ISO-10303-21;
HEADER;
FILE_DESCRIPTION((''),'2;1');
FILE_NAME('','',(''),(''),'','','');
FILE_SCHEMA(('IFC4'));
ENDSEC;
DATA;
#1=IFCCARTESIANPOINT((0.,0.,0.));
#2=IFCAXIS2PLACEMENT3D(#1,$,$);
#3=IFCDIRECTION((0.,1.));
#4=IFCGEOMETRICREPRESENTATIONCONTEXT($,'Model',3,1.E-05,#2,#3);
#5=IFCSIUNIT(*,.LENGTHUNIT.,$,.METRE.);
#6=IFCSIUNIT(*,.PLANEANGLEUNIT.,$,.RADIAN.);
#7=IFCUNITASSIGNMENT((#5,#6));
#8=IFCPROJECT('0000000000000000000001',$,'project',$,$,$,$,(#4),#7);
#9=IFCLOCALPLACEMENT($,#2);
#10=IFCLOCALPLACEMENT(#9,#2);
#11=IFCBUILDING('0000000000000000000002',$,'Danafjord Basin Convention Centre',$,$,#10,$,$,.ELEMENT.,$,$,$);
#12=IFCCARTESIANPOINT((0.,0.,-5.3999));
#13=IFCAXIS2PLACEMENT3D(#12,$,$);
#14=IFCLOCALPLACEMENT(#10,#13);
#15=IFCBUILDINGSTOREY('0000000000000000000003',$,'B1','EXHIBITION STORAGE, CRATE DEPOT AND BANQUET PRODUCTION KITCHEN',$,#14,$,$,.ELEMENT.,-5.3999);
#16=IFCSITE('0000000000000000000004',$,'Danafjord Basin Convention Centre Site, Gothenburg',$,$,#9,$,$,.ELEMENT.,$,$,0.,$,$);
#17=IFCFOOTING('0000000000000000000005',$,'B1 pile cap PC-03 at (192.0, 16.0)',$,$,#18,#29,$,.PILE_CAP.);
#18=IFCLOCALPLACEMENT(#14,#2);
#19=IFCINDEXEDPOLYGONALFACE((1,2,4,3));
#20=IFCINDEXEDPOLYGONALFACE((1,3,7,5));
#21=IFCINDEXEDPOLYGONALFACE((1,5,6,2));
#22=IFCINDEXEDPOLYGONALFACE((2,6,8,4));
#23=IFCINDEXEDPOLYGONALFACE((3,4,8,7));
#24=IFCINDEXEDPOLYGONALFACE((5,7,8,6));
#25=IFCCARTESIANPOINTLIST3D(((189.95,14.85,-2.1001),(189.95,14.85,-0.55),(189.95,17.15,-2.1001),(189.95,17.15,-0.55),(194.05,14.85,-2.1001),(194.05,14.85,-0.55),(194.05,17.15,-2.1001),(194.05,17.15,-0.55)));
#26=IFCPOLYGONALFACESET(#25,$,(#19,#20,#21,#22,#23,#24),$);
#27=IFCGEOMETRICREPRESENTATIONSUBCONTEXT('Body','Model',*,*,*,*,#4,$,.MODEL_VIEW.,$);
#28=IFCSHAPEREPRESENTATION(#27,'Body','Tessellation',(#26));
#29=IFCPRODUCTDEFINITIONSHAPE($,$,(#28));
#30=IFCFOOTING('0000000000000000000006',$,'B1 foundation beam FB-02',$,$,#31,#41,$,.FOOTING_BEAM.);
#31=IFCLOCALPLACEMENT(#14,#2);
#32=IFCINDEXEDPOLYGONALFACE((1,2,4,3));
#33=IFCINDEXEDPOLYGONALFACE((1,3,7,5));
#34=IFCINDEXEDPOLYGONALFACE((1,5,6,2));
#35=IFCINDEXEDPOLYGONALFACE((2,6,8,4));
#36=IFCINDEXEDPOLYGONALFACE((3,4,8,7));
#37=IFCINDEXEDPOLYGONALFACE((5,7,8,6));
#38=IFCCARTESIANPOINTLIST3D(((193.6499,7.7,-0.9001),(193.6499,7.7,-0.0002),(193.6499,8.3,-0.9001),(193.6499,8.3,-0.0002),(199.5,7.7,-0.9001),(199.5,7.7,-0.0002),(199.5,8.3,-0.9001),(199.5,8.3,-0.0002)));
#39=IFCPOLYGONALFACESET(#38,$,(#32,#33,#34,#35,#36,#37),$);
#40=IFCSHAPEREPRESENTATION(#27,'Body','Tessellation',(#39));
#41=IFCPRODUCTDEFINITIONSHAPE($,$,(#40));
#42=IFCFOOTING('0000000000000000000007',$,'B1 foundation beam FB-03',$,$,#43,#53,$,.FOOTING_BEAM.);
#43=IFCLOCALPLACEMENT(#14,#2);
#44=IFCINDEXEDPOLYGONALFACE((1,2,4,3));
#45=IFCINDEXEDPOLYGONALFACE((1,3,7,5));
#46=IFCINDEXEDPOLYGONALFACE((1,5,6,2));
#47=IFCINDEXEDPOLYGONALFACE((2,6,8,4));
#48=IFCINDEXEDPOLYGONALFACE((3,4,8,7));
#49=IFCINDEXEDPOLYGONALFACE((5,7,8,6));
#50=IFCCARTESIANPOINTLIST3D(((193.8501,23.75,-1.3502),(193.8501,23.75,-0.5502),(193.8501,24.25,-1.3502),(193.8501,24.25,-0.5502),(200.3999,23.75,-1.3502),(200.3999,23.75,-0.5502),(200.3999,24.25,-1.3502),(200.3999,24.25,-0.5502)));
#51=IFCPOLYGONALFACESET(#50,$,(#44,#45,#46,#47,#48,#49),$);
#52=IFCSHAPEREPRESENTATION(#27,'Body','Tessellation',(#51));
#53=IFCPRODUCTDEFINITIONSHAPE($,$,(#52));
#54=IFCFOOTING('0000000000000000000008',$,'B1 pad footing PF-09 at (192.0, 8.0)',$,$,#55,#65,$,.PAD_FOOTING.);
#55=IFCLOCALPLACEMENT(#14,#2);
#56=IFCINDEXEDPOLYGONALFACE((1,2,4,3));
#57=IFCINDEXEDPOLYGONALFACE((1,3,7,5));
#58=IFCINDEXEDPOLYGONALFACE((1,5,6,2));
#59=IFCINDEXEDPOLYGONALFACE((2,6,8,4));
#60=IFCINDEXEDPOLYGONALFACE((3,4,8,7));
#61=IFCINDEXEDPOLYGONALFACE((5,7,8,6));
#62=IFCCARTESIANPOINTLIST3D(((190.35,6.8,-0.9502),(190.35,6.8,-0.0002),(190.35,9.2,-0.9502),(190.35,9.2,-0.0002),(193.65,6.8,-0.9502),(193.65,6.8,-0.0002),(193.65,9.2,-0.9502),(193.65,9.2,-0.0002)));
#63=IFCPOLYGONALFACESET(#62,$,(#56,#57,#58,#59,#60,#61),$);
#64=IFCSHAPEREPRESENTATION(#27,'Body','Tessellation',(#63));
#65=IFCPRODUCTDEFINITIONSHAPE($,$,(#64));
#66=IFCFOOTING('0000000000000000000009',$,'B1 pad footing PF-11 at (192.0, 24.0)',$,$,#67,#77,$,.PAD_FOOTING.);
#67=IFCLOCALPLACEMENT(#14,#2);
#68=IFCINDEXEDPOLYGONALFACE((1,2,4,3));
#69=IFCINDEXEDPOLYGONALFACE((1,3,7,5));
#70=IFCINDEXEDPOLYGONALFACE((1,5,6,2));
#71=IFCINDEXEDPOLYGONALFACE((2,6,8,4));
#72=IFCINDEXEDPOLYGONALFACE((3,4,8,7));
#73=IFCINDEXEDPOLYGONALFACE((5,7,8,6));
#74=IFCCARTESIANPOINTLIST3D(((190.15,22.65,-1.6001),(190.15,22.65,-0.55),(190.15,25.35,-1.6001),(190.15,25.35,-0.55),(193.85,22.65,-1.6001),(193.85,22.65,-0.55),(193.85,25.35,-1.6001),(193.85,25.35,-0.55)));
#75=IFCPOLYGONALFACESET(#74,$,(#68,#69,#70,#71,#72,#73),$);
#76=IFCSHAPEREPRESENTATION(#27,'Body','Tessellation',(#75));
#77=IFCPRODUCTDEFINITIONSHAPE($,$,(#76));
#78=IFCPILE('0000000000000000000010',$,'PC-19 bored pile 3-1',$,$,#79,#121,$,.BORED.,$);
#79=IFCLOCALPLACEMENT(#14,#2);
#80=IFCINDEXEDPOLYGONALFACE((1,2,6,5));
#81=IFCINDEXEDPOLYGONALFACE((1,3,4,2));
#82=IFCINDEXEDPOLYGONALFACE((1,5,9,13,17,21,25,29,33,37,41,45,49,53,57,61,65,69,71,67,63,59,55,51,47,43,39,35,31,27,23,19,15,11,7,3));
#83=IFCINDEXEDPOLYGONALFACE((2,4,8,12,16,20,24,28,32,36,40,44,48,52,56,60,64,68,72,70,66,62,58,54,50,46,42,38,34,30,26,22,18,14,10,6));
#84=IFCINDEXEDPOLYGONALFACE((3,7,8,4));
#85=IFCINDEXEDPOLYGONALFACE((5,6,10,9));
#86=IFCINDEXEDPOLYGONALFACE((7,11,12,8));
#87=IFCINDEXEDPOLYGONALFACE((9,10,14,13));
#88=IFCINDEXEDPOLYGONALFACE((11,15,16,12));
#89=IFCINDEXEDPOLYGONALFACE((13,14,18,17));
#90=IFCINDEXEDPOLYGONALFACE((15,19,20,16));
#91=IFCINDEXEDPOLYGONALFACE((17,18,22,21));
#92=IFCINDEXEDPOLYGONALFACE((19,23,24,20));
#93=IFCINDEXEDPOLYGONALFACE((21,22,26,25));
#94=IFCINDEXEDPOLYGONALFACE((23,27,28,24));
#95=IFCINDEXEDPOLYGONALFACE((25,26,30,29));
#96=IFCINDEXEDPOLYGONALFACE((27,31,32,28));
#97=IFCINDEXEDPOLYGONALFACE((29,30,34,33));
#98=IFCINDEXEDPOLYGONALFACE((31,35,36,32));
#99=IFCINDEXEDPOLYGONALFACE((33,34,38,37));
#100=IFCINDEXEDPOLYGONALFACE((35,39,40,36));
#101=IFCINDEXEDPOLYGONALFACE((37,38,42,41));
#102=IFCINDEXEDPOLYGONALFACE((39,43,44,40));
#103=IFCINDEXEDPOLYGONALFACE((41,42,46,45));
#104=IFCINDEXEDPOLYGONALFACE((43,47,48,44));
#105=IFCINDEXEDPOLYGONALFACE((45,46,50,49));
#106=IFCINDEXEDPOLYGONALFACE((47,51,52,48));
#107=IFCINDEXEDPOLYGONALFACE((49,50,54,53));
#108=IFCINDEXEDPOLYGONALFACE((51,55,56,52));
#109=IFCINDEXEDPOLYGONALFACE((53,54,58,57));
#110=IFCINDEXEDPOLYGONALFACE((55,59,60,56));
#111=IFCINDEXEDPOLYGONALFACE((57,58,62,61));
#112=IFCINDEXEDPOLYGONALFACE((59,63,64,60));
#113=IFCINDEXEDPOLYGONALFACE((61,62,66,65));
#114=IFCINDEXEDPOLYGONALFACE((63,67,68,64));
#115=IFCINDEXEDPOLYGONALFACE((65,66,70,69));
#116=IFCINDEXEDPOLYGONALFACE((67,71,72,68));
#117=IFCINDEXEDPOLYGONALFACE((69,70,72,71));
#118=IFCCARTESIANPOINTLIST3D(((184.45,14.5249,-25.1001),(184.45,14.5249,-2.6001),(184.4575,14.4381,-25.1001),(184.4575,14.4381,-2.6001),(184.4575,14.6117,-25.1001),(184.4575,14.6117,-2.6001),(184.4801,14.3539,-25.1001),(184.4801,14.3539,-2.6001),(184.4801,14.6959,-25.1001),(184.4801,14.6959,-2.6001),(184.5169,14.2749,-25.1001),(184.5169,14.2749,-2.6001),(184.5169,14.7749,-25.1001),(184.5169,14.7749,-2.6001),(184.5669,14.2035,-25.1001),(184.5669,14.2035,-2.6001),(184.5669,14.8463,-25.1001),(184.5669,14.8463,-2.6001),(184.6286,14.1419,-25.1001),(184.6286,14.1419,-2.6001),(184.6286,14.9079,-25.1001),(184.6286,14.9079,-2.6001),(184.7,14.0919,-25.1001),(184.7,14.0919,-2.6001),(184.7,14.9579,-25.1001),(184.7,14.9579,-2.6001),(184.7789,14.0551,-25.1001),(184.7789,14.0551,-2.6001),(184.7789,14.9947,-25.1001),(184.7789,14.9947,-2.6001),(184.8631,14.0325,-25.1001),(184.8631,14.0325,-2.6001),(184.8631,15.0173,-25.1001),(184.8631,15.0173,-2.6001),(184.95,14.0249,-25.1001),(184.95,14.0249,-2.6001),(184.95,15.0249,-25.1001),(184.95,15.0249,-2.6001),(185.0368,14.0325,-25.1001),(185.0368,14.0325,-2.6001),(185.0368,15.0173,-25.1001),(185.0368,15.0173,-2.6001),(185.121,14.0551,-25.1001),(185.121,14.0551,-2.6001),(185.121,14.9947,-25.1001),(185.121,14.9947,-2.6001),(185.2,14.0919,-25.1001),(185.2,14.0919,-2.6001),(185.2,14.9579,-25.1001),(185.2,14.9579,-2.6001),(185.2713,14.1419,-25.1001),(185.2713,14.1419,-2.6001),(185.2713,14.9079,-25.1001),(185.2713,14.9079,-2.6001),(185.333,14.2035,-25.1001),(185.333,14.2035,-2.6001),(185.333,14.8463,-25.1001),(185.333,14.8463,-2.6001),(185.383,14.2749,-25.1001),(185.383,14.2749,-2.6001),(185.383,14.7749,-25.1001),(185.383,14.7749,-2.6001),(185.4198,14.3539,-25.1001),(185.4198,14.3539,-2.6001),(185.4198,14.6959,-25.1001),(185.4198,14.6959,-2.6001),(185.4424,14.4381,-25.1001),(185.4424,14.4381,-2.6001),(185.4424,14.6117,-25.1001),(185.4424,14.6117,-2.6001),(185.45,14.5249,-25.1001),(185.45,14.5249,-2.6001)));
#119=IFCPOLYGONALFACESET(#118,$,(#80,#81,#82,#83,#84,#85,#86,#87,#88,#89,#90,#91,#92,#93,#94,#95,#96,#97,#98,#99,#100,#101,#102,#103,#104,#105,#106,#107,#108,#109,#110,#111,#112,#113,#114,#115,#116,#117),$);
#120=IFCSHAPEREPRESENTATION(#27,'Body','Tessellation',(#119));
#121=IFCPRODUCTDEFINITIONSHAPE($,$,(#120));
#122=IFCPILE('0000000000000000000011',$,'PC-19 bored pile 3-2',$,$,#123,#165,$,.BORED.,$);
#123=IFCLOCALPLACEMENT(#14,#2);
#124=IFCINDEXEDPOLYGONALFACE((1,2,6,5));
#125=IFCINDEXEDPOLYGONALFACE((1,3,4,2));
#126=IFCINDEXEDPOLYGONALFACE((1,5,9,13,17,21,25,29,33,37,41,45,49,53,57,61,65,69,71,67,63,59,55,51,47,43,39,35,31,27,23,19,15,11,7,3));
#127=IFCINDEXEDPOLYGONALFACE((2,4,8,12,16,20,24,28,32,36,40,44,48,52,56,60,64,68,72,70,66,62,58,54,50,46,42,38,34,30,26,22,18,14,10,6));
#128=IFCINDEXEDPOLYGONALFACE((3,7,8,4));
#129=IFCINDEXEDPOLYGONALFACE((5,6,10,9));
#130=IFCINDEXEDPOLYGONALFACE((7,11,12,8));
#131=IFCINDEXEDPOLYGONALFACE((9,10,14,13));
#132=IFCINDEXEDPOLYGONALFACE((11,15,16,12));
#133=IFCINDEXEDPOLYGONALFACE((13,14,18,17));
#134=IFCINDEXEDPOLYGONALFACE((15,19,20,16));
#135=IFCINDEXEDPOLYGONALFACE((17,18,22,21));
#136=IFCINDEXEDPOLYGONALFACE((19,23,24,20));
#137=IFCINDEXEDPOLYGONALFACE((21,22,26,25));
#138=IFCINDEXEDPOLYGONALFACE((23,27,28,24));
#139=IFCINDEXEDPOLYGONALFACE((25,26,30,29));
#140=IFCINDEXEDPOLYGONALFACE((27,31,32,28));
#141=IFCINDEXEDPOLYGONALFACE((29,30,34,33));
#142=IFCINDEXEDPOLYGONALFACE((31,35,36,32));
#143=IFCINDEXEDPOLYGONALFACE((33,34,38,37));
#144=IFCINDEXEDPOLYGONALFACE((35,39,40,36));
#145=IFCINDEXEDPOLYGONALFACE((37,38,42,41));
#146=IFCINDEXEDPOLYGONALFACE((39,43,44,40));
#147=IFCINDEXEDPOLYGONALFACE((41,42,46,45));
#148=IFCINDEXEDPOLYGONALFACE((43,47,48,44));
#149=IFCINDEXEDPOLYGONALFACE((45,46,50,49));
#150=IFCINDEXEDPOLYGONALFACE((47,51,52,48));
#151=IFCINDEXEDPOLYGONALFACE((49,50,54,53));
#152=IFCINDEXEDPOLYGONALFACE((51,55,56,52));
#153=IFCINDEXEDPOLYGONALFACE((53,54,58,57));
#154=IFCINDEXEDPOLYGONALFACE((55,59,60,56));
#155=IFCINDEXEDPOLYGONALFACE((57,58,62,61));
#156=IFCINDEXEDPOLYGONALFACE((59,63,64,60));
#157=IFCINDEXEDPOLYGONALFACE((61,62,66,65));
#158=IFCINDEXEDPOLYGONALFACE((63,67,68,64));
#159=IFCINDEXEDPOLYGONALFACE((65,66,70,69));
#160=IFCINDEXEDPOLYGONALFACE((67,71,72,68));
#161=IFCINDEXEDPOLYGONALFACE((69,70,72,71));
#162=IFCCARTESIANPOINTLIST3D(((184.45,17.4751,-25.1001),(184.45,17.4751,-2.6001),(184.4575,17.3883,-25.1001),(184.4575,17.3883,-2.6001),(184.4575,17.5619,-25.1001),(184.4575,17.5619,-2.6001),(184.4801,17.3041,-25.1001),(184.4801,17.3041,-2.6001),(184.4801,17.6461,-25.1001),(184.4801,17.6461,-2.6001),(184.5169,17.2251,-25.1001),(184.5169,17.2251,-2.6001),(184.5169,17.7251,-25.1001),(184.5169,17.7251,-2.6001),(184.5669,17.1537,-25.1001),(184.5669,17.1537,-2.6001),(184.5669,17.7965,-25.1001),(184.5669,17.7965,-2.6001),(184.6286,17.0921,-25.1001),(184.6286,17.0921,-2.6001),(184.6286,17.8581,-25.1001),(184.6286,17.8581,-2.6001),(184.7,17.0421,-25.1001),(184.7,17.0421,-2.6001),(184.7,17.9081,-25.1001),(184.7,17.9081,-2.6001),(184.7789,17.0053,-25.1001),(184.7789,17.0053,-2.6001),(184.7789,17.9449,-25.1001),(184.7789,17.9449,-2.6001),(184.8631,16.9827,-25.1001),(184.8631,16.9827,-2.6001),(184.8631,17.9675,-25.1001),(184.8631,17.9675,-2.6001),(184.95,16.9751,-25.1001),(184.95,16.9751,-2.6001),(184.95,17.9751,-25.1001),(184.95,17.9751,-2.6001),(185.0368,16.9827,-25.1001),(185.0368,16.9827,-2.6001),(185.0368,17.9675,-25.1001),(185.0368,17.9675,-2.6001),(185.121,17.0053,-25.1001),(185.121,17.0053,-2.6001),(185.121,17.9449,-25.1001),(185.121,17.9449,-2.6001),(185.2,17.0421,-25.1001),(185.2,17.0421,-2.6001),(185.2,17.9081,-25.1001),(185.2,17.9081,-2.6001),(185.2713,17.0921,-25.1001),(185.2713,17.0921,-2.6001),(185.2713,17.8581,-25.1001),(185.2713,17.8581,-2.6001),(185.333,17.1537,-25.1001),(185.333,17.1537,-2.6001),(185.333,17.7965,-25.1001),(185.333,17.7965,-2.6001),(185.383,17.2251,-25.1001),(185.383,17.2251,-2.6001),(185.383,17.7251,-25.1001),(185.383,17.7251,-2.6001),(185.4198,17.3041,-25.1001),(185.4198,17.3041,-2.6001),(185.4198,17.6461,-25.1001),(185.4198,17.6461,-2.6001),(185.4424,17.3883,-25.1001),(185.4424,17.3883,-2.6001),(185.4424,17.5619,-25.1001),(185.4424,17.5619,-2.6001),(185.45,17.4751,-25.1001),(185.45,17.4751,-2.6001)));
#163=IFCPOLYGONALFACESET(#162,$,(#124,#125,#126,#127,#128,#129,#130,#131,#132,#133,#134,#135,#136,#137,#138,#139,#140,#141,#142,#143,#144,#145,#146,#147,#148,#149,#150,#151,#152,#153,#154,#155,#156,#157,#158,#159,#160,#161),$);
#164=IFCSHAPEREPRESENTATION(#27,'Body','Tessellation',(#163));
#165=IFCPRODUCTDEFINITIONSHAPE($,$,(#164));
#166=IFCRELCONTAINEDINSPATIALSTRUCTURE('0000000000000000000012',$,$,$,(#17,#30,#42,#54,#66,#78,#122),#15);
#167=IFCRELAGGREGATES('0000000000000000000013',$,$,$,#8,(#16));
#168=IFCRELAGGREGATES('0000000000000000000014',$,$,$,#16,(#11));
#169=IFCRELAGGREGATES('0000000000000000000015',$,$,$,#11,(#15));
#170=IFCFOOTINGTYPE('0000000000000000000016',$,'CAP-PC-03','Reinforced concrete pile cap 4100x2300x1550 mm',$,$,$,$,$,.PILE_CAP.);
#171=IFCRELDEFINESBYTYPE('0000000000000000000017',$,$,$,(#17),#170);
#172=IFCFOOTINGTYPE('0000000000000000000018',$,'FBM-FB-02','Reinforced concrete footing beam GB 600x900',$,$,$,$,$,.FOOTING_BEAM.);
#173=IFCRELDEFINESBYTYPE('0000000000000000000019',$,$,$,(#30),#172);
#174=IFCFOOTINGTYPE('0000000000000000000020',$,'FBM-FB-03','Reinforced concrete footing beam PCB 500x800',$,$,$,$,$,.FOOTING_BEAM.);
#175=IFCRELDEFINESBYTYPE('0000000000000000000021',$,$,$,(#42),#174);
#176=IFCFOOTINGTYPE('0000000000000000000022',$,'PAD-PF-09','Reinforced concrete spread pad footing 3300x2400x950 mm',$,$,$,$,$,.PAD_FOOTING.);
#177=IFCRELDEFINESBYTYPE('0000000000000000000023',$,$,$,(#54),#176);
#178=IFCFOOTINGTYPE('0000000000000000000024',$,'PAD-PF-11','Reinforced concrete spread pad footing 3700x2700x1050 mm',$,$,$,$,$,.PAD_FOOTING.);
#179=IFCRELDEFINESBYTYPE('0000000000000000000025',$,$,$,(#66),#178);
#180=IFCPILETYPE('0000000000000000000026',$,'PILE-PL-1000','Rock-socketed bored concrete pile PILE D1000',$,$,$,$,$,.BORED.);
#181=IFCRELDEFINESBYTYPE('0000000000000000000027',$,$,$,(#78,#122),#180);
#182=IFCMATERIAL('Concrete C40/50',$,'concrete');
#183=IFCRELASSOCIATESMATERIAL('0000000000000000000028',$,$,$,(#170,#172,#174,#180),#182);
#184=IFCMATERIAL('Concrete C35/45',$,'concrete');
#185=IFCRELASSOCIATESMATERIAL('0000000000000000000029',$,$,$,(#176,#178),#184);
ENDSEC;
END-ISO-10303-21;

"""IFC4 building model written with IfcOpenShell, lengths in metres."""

from ifc_helpers import new_model, si_unit, direction, frame, origin, origin_2d, place, context, subcontext, project, spatial, rectangle, circle, extrude, material, material_profile, profile_set, type_object, element, save


model = new_model("IFC4")

# Units and contexts
model_context = context("Model", 3, precision=1e-05, world=origin(), true_north=direction((0.0, 1.0)))
body_context = subcontext(model_context, "Body", "Model", "MODEL_VIEW")
ifc_project = project(units=[si_unit("LENGTHUNIT", "METRE"), si_unit("PLANEANGLEUNIT", "RADIAN")], contexts=[model_context])

# Site, building, storey
site_placement = place(None, origin())
site = spatial("IfcSite", under=ifc_project, at=site_placement, Name="Danafjord Basin Convention Centre Site, Gothenburg", CompositionType="ELEMENT", RefElevation=0.0)
building_placement = place(site_placement, origin())
building = spatial("IfcBuilding", under=site, at=building_placement, Name="Danafjord Basin Convention Centre", CompositionType="ELEMENT")
storey_placement = place(building_placement, frame((0.0, 0.0, -5.3999)))
storey = spatial("IfcBuildingStorey", under=building, at=storey_placement, Name="B1", Description="EXHIBITION STORAGE, CRATE DEPOT AND BANQUET PRODUCTION KITCHEN", CompositionType="ELEMENT", Elevation=-5.3999)

# Footings
ifc_material_1 = material(Name="Concrete C40/50", Category="concrete")
footing_type_1 = type_object("IfcFootingType", Name="CAP-PC-03", Description="Reinforced concrete pile cap 4100x2300x1550 mm", PredefinedType="PILE_CAP", material=ifc_material_1)
footing_1_placement = place(storey_placement, frame((192.0, 16.0, -2.1001), z_axis=(0.0, 0.0, 1.0), x_axis=(1.0, 0.0, 0.0)))
element("IfcFooting", 1, at=footing_1_placement, inside=storey, type_object=footing_type_1, Name="B1 pile cap PC-03 at (192.0, 16.0)", PredefinedType="PILE_CAP", context=body_context, shape_type="SweptSolid", body=[
    extrude(rectangle(XDim=4.1001, YDim=2.3, at=origin_2d()), origin(), (0.0, 0.0, 1.0), 1.55),
])
ifc_material_profile_1 = material_profile(ifc_material_1, rectangle(XDim=0.6001, YDim=0.8999, at=origin_2d()), Name="GB 600x900")
ifc_profile_set_1 = profile_set([ifc_material_profile_1], Name="Concrete C40/50")
footing_type_2 = type_object("IfcFootingType", Name="FBM-FB-02", Description="Reinforced concrete footing beam GB 600x900", PredefinedType="FOOTING_BEAM", material=ifc_profile_set_1)
footing_2_placement = place(storey_placement, frame((193.6499, 8.0, -0.4502), z_axis=(1.0, 0.0, 0.0), x_axis=(0.0, 1.0, 0.0)))
element("IfcFooting", 2, at=footing_2_placement, inside=storey, type_object=footing_type_2, Name="B1 foundation beam FB-02", PredefinedType="FOOTING_BEAM", context=body_context, shape_type="SweptSolid", body=[
    extrude(rectangle(XDim=0.6001, YDim=0.8999, at=origin_2d()), origin(), (0.0, 0.0, 1.0), 5.8501),
])
ifc_material_profile_2 = material_profile(ifc_material_1, rectangle(XDim=0.5, YDim=0.8, at=origin_2d()), Name="PCB 500x800")
ifc_profile_set_2 = profile_set([ifc_material_profile_2], Name="Concrete C40/50")
footing_type_3 = type_object("IfcFootingType", Name="FBM-FB-03", Description="Reinforced concrete footing beam PCB 500x800", PredefinedType="FOOTING_BEAM", material=ifc_profile_set_2)
footing_3_placement = place(storey_placement, frame((193.8501, 24.0, -0.9502), z_axis=(1.0, 0.0, 0.0), x_axis=(0.0, 1.0, 0.0)))
element("IfcFooting", 3, at=footing_3_placement, inside=storey, type_object=footing_type_3, Name="B1 foundation beam FB-03", PredefinedType="FOOTING_BEAM", context=body_context, shape_type="SweptSolid", body=[
    extrude(rectangle(XDim=0.5, YDim=0.8, at=origin_2d()), origin(), (0.0, 0.0, 1.0), 6.5498),
])
ifc_material_2 = material(Name="Concrete C35/45", Category="concrete")
footing_type_4 = type_object("IfcFootingType", Name="PAD-PF-09", Description="Reinforced concrete spread pad footing 3300x2400x950 mm", PredefinedType="PAD_FOOTING", material=ifc_material_2)
footing_4_placement = place(storey_placement, frame((192.0, 8.0, -0.9502), z_axis=(0.0, 0.0, 1.0), x_axis=(1.0, 0.0, 0.0)))
element("IfcFooting", 4, at=footing_4_placement, inside=storey, type_object=footing_type_4, Name="B1 pad footing PF-09 at (192.0, 8.0)", PredefinedType="PAD_FOOTING", context=body_context, shape_type="SweptSolid", body=[
    extrude(rectangle(XDim=3.3, YDim=2.3999, at=origin_2d()), origin(), (0.0, 0.0, 1.0), 0.95),
])
footing_type_5 = type_object("IfcFootingType", Name="PAD-PF-11", Description="Reinforced concrete spread pad footing 3700x2700x1050 mm", PredefinedType="PAD_FOOTING", material=ifc_material_2)
footing_5_placement = place(storey_placement, frame((192.0, 24.0, -1.6001), z_axis=(0.0, 0.0, 1.0), x_axis=(1.0, 0.0, 0.0)))
element("IfcFooting", 5, at=footing_5_placement, inside=storey, type_object=footing_type_5, Name="B1 pad footing PF-11 at (192.0, 24.0)", PredefinedType="PAD_FOOTING", context=body_context, shape_type="SweptSolid", body=[
    extrude(rectangle(XDim=3.7, YDim=2.7, at=origin_2d()), origin(), (0.0, 0.0, 1.0), 1.05),
])

# Piles
ifc_material_profile_3 = material_profile(ifc_material_1, circle(Radius=0.5, at=origin_2d()), Name="PILE D1000")
ifc_profile_set_3 = profile_set([ifc_material_profile_3], Name="Concrete C40/50")
pile_type_1 = type_object("IfcPileType", Name="PILE-PL-1000", Description="Rock-socketed bored concrete pile PILE D1000", PredefinedType="BORED", material=ifc_profile_set_3)
for number, where, z_axis, x_axis, name in (
    (6, (184.95, 14.5249, -2.6001), (0.0, 0.0, -1.0), (1.0, 0.0, 0.0), "PC-19 bored pile 3-1"),
    (7, (184.95, 17.4751, -2.6001), (0.0, 0.0, -1.0), (1.0, 0.0, 0.0), "PC-19 bored pile 3-2"),
):
    element("IfcPile", number, at=place(storey_placement, frame(where, z_axis=z_axis, x_axis=x_axis)), inside=storey, type_object=pile_type_1, Name=name, PredefinedType="BORED", context=body_context, shape_type="SweptSolid", body=[
        extrude(circle(Radius=0.5, at=origin_2d()), origin(), (0.0, 0.0, 1.0), 22.5),
    ])

save(model, "model.ifc")
